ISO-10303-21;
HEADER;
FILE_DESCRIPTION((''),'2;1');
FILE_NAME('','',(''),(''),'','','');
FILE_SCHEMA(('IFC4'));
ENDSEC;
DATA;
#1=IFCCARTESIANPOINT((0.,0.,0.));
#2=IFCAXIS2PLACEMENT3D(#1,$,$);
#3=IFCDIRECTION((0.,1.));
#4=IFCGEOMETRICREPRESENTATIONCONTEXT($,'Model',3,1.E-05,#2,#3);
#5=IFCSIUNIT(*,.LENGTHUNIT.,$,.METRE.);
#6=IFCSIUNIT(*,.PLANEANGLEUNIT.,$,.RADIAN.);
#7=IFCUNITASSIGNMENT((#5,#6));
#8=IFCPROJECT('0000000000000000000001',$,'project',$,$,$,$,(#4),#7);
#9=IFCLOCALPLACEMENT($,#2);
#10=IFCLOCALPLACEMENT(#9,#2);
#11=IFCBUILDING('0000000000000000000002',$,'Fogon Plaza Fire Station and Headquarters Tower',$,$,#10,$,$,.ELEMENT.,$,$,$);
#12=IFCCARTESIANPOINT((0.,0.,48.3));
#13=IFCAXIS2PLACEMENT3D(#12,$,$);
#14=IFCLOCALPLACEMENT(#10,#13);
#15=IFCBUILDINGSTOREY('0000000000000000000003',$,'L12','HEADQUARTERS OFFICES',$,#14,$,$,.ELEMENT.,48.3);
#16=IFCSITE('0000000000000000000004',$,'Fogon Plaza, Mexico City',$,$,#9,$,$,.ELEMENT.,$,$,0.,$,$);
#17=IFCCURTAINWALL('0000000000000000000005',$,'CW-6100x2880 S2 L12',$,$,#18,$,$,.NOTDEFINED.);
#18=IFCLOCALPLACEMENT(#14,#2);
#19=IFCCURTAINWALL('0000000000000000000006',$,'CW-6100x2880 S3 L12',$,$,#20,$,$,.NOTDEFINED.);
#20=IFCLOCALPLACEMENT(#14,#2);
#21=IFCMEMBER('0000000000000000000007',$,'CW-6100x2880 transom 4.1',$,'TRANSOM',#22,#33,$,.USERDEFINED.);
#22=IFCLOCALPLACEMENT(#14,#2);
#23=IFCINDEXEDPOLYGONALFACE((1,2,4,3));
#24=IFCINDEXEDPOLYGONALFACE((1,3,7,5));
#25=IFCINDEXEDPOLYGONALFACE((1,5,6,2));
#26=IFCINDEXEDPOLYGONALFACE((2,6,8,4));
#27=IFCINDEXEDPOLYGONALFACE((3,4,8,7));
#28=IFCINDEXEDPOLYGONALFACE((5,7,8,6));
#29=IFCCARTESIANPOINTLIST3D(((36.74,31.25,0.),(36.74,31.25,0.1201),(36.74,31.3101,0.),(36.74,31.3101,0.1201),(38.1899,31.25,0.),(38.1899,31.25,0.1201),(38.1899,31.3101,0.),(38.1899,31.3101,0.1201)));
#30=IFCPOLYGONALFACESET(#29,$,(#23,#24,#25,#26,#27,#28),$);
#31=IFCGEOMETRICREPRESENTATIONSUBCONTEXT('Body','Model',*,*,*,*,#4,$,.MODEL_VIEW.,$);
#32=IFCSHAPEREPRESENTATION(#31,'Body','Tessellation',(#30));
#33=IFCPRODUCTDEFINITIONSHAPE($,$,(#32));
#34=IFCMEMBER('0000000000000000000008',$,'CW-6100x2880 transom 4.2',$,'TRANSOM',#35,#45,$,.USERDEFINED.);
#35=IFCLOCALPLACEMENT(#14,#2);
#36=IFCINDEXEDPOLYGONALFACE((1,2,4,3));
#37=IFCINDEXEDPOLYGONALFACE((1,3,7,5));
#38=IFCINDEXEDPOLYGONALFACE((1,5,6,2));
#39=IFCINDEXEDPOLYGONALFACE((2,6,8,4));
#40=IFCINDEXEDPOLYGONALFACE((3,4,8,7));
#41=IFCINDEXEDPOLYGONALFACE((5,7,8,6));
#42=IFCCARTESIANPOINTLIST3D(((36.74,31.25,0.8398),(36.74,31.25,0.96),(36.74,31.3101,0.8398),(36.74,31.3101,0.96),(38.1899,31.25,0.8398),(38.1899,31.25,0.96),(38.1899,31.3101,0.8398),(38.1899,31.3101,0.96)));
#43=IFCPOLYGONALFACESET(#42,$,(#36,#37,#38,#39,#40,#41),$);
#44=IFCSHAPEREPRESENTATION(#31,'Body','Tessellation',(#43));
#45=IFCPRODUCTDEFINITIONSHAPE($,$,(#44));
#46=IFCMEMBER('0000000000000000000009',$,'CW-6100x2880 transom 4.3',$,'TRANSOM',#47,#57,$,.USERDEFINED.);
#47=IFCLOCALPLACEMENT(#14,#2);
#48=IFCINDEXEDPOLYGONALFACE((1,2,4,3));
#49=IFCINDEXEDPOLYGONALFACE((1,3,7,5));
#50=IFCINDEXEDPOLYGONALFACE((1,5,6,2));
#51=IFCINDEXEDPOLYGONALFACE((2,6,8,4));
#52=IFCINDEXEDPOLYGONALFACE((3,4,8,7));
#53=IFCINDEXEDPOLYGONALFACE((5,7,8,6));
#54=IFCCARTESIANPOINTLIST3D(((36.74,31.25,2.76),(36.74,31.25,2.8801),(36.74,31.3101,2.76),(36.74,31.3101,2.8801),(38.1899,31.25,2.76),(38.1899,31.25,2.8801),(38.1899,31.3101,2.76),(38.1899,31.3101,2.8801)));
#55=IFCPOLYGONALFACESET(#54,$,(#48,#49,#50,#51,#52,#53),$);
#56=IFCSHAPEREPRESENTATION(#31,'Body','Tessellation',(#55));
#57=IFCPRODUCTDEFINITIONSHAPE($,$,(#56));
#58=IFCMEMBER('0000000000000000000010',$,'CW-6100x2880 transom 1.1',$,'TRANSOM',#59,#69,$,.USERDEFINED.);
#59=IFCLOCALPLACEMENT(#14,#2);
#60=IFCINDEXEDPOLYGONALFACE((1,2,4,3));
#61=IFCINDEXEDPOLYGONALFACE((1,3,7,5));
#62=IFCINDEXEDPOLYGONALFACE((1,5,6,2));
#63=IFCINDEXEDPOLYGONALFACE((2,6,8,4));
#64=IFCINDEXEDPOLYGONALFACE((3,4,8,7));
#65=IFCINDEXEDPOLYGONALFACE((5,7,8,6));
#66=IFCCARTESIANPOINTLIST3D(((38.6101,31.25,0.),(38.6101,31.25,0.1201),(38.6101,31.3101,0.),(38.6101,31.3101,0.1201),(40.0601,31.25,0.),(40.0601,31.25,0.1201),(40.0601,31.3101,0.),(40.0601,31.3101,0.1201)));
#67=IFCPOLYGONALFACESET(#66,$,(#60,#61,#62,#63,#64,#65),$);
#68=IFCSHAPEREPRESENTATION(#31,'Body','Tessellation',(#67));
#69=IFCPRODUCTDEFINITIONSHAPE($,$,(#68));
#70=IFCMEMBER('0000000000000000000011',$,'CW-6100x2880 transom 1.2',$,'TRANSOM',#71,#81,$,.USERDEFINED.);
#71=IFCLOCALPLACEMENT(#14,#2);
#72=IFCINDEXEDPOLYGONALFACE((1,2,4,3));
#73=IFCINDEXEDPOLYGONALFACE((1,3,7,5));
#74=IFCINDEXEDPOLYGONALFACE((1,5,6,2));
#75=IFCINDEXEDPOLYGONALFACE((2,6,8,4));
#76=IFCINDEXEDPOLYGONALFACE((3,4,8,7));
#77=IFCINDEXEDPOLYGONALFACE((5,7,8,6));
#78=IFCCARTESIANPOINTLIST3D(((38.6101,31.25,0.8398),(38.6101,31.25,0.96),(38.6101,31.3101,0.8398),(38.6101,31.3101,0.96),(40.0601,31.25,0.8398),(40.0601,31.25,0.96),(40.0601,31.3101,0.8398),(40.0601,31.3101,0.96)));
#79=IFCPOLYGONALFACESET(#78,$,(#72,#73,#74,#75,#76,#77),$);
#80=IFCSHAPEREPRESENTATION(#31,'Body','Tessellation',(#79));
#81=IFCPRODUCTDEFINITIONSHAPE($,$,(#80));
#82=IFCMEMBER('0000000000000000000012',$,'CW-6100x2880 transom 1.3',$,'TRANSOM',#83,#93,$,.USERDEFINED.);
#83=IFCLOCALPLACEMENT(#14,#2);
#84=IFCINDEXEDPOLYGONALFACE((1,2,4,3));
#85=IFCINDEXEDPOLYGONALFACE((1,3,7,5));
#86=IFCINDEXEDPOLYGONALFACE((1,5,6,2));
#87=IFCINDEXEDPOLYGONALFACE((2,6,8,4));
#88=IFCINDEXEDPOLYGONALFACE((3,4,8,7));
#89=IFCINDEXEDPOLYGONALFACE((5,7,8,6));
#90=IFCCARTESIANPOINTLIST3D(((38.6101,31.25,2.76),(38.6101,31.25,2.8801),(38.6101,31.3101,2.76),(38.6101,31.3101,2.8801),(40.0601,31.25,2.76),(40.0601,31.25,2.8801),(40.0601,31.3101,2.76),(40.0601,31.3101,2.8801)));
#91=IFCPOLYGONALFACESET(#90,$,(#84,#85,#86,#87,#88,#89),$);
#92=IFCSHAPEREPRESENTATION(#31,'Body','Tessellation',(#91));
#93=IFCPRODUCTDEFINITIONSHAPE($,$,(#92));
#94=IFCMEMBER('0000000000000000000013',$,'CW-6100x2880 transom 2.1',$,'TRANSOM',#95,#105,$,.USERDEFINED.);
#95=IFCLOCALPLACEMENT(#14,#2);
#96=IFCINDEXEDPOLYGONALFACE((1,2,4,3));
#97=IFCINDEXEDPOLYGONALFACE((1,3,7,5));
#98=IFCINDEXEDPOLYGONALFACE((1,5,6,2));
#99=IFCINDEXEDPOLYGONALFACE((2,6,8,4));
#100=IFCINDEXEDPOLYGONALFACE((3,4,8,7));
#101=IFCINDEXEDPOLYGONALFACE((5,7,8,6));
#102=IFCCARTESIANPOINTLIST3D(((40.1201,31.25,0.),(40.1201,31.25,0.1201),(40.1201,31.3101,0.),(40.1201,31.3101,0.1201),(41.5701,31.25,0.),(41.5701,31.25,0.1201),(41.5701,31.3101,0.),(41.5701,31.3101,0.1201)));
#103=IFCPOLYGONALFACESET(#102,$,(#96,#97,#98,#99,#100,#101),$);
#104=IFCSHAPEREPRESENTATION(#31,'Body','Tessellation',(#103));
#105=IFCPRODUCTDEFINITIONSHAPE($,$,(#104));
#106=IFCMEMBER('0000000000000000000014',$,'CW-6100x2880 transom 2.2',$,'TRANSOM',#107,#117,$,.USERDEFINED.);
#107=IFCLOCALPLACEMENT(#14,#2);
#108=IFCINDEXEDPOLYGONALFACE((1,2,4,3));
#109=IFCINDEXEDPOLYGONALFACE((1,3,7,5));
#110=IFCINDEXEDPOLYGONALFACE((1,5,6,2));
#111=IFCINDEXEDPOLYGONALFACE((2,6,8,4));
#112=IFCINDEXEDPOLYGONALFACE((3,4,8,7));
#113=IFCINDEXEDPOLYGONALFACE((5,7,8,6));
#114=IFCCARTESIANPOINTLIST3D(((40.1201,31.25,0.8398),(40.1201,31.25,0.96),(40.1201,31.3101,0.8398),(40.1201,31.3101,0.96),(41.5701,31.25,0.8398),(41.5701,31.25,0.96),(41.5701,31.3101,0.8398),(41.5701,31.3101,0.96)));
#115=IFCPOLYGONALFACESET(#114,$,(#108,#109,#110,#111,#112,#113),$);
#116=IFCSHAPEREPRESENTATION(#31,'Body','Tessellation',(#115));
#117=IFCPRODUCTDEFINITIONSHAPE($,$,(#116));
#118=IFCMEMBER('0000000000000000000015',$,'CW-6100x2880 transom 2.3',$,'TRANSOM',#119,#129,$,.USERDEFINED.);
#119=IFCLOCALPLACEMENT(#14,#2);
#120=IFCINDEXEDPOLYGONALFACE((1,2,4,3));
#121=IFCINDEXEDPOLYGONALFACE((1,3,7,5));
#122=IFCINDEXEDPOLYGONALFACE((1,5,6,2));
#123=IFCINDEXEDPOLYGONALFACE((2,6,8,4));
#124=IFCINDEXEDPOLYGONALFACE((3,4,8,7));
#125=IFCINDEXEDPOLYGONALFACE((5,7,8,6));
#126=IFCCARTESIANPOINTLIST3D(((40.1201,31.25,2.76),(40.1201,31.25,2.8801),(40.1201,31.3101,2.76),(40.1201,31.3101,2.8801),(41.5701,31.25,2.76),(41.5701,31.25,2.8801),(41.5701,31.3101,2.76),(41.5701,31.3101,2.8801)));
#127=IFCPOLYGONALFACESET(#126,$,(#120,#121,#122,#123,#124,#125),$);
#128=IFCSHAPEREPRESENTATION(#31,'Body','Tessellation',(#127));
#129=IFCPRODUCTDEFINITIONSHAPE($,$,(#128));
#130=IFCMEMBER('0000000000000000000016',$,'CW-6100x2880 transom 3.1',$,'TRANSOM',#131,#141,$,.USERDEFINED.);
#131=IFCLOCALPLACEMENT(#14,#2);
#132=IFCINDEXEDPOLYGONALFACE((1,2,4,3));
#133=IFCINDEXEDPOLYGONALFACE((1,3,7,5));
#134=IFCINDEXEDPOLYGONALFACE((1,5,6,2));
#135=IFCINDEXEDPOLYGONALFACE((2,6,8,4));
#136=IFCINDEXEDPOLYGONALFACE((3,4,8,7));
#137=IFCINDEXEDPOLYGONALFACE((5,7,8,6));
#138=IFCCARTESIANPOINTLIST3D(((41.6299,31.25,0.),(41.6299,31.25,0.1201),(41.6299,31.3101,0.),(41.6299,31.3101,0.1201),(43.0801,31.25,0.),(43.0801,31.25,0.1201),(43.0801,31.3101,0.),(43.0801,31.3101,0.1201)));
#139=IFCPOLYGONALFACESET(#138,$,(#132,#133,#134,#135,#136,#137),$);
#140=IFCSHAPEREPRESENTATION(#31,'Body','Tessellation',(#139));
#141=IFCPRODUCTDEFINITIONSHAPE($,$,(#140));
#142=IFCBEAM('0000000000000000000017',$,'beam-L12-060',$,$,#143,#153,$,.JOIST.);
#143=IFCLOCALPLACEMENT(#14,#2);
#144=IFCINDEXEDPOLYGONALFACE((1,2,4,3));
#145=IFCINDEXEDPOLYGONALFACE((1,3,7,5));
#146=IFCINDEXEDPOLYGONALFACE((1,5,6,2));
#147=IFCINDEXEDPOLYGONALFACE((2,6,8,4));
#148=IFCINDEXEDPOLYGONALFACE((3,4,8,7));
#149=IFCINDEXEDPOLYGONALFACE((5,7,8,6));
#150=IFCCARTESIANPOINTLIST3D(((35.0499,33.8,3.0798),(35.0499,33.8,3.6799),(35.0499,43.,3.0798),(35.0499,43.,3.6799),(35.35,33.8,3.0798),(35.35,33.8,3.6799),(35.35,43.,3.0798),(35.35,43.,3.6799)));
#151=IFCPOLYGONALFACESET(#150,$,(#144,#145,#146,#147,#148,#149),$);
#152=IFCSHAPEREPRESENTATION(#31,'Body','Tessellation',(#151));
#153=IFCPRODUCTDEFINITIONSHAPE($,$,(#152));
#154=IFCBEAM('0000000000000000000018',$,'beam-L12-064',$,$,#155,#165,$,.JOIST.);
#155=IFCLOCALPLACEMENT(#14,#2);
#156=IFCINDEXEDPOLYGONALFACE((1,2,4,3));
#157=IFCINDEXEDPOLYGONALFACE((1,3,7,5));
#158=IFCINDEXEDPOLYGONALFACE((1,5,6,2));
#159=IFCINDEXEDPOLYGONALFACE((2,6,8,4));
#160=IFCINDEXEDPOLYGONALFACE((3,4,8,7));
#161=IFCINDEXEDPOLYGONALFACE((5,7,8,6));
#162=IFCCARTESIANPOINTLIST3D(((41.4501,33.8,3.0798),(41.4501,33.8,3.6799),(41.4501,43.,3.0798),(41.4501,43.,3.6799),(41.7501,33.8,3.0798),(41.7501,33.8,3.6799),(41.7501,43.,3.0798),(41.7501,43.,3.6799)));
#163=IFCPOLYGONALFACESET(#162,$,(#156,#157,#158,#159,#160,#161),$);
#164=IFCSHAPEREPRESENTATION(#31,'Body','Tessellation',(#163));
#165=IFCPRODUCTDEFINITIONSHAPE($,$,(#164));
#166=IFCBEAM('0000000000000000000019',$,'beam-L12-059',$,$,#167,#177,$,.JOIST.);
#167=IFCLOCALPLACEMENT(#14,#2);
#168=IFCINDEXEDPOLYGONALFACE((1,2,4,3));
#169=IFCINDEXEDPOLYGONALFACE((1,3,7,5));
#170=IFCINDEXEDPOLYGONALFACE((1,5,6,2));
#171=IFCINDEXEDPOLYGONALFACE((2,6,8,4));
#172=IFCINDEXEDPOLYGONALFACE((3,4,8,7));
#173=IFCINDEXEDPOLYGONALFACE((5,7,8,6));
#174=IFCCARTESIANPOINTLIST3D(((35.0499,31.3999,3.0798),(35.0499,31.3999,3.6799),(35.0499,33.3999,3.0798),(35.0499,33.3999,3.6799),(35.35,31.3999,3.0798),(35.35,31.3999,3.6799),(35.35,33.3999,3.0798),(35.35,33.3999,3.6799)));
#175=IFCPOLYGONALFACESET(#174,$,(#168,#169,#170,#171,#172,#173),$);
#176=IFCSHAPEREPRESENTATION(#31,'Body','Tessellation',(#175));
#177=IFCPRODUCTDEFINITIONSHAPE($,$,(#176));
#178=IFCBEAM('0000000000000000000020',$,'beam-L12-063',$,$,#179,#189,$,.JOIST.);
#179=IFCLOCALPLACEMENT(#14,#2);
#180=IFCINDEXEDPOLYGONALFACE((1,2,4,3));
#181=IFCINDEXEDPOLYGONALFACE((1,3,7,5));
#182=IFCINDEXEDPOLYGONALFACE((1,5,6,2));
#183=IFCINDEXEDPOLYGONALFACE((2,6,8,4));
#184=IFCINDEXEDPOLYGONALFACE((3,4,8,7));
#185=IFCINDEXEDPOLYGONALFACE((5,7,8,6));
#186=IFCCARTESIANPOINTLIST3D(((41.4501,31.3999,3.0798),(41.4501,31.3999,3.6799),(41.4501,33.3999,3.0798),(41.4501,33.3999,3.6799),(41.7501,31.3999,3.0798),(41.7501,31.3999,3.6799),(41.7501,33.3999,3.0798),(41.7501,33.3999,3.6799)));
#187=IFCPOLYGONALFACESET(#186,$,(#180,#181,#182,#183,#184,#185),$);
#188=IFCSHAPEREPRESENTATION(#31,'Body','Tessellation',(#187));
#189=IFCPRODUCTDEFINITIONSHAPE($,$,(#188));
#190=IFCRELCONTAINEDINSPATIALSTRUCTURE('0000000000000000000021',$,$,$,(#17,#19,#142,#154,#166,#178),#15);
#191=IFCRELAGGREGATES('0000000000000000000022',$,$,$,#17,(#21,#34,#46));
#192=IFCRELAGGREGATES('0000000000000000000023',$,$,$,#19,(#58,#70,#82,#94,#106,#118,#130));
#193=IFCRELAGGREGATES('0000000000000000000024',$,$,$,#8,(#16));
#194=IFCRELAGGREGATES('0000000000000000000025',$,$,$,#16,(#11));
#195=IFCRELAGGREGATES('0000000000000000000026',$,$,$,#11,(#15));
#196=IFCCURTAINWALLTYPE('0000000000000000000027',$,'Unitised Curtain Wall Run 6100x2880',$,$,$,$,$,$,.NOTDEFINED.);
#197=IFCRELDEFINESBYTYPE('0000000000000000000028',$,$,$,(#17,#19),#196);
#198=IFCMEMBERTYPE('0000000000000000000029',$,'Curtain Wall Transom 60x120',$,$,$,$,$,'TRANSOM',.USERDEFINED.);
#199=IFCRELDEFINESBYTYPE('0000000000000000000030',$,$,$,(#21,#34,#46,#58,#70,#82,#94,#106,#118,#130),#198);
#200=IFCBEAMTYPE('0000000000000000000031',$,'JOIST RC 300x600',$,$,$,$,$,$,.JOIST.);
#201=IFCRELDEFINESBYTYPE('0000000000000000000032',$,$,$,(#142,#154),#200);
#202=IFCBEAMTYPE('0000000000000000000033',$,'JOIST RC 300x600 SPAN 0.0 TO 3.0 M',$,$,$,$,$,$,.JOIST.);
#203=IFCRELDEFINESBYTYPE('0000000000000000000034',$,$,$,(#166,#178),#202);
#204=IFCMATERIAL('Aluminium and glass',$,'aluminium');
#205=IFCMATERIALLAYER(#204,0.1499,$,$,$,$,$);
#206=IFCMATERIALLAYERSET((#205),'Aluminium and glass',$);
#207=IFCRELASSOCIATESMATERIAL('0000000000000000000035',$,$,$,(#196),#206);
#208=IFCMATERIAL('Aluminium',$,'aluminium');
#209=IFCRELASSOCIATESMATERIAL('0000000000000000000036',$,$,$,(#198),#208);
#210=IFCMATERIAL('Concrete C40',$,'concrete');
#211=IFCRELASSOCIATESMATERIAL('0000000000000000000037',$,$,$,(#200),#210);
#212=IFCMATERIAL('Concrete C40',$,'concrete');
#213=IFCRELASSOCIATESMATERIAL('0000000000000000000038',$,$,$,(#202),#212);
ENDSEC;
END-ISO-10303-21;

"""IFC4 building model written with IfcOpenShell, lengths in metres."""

from ifc_helpers import new_model, si_unit, direction, frame, origin, origin_2d, place, context, subcontext, project, spatial, rectangle, extrude, material, layer, layer_set, material_profile, profile_set, type_object, element, aggregate, save


model = new_model("IFC4")

# Units and contexts
model_context = context("Model", 3, precision=1e-05, world=origin(), true_north=direction((0.0, 1.0)))
body_context = subcontext(model_context, "Body", "Model", "MODEL_VIEW")
ifc_project = project(units=[si_unit("LENGTHUNIT", "METRE"), si_unit("PLANEANGLEUNIT", "RADIAN")], contexts=[model_context])

# Site, building, storey
site_placement = place(None, origin())
site = spatial("IfcSite", under=ifc_project, at=site_placement, Name="Fogon Plaza, Mexico City", CompositionType="ELEMENT", RefElevation=0.0)
building_placement = place(site_placement, origin())
building = spatial("IfcBuilding", under=site, at=building_placement, Name="Fogon Plaza Fire Station and Headquarters Tower", CompositionType="ELEMENT")
storey_placement = place(building_placement, frame((0.0, 0.0, 48.3)))
storey = spatial("IfcBuildingStorey", under=building, at=storey_placement, Name="L12", Description="HEADQUARTERS OFFICES", CompositionType="ELEMENT", Elevation=48.3)

# Curtain walls
ifc_material_1 = material(Name="Aluminium and glass", Category="aluminium")
ifc_layer_1 = layer(ifc_material_1, 0.1499)
ifc_layer_set_1 = layer_set([ifc_layer_1], Name="Aluminium and glass")
curtain_wall_type = type_object("IfcCurtainWallType", Name="Unitised Curtain Wall Run 6100x2880", PredefinedType="NOTDEFINED", material=ifc_layer_set_1)
curtain_wall_1_placement = place(storey_placement, origin())
curtain_wall_1 = element("IfcCurtainWall", 1, at=curtain_wall_1_placement, inside=storey, type_object=curtain_wall_type, Name="CW-6100x2880 S2 L12", PredefinedType="NOTDEFINED")
curtain_wall_2_placement = place(storey_placement, origin())
curtain_wall_2 = element("IfcCurtainWall", 2, at=curtain_wall_2_placement, inside=storey, type_object=curtain_wall_type, Name="CW-6100x2880 S3 L12", PredefinedType="NOTDEFINED")

# Members
ifc_material_2 = material(Name="Aluminium", Category="aluminium")
ifc_material_profile_1 = material_profile(ifc_material_2, rectangle(XDim=0.0601, YDim=0.1201, at=origin_2d()), Name="Curtain Wall Transom 60x120")
ifc_profile_set_1 = profile_set([ifc_material_profile_1], Name="Aluminium")
member_type_1 = type_object("IfcMemberType", Name="Curtain Wall Transom 60x120", ElementType="TRANSOM", PredefinedType="USERDEFINED", material=ifc_profile_set_1)
member_1_placement = place(storey_placement, frame((36.74, 31.28, 0.0601), z_axis=(1.0, 0.0, 0.0), x_axis=(0.0, 1.0, 0.0)))
member_1 = element("IfcMember", 3, at=member_1_placement, type_object=member_type_1, Name="CW-6100x2880 transom 4.1", ObjectType="TRANSOM", PredefinedType="USERDEFINED", context=body_context, shape_type="SweptSolid", body=[
    extrude(rectangle(XDim=0.0601, YDim=0.1201, at=origin_2d()), origin(), (0.0, 0.0, 1.0), 1.45),
])
member_2_placement = place(storey_placement, frame((36.74, 31.28, 0.8999), z_axis=(1.0, 0.0, 0.0), x_axis=(0.0, 1.0, 0.0)))
member_2 = element("IfcMember", 4, at=member_2_placement, type_object=member_type_1, Name="CW-6100x2880 transom 4.2", ObjectType="TRANSOM", PredefinedType="USERDEFINED", context=body_context, shape_type="SweptSolid", body=[
    extrude(rectangle(XDim=0.0601, YDim=0.1201, at=origin_2d()), origin(), (0.0, 0.0, 1.0), 1.45),
])
member_3_placement = place(storey_placement, frame((36.74, 31.28, 2.8201), z_axis=(1.0, 0.0, 0.0), x_axis=(0.0, 1.0, 0.0)))
member_3 = element("IfcMember", 5, at=member_3_placement, type_object=member_type_1, Name="CW-6100x2880 transom 4.3", ObjectType="TRANSOM", PredefinedType="USERDEFINED", context=body_context, shape_type="SweptSolid", body=[
    extrude(rectangle(XDim=0.0601, YDim=0.1201, at=origin_2d()), origin(), (0.0, 0.0, 1.0), 1.45),
])
member_4_placement = place(storey_placement, frame((38.6101, 31.28, 0.0601), z_axis=(1.0, 0.0, 0.0), x_axis=(0.0, 1.0, 0.0)))
member_4 = element("IfcMember", 6, at=member_4_placement, type_object=member_type_1, Name="CW-6100x2880 transom 1.1", ObjectType="TRANSOM", PredefinedType="USERDEFINED", context=body_context, shape_type="SweptSolid", body=[
    extrude(rectangle(XDim=0.0601, YDim=0.1201, at=origin_2d()), origin(), (0.0, 0.0, 1.0), 1.45),
])
member_5_placement = place(storey_placement, frame((38.6101, 31.28, 0.8999), z_axis=(1.0, 0.0, 0.0), x_axis=(0.0, 1.0, 0.0)))
member_5 = element("IfcMember", 7, at=member_5_placement, type_object=member_type_1, Name="CW-6100x2880 transom 1.2", ObjectType="TRANSOM", PredefinedType="USERDEFINED", context=body_context, shape_type="SweptSolid", body=[
    extrude(rectangle(XDim=0.0601, YDim=0.1201, at=origin_2d()), origin(), (0.0, 0.0, 1.0), 1.45),
])
member_6_placement = place(storey_placement, frame((38.6101, 31.28, 2.8201), z_axis=(1.0, 0.0, 0.0), x_axis=(0.0, 1.0, 0.0)))
member_6 = element("IfcMember", 8, at=member_6_placement, type_object=member_type_1, Name="CW-6100x2880 transom 1.3", ObjectType="TRANSOM", PredefinedType="USERDEFINED", context=body_context, shape_type="SweptSolid", body=[
    extrude(rectangle(XDim=0.0601, YDim=0.1201, at=origin_2d()), origin(), (0.0, 0.0, 1.0), 1.45),
])
member_7_placement = place(storey_placement, frame((40.1201, 31.28, 0.0601), z_axis=(1.0, 0.0, 0.0), x_axis=(0.0, 1.0, 0.0)))
member_7 = element("IfcMember", 9, at=member_7_placement, type_object=member_type_1, Name="CW-6100x2880 transom 2.1", ObjectType="TRANSOM", PredefinedType="USERDEFINED", context=body_context, shape_type="SweptSolid", body=[
    extrude(rectangle(XDim=0.0601, YDim=0.1201, at=origin_2d()), origin(), (0.0, 0.0, 1.0), 1.45),
])
member_8_placement = place(storey_placement, frame((40.1201, 31.28, 0.8999), z_axis=(1.0, 0.0, 0.0), x_axis=(0.0, 1.0, 0.0)))
member_8 = element("IfcMember", 10, at=member_8_placement, type_object=member_type_1, Name="CW-6100x2880 transom 2.2", ObjectType="TRANSOM", PredefinedType="USERDEFINED", context=body_context, shape_type="SweptSolid", body=[
    extrude(rectangle(XDim=0.0601, YDim=0.1201, at=origin_2d()), origin(), (0.0, 0.0, 1.0), 1.45),
])
member_9_placement = place(storey_placement, frame((40.1201, 31.28, 2.8201), z_axis=(1.0, 0.0, 0.0), x_axis=(0.0, 1.0, 0.0)))
member_9 = element("IfcMember", 11, at=member_9_placement, type_object=member_type_1, Name="CW-6100x2880 transom 2.3", ObjectType="TRANSOM", PredefinedType="USERDEFINED", context=body_context, shape_type="SweptSolid", body=[
    extrude(rectangle(XDim=0.0601, YDim=0.1201, at=origin_2d()), origin(), (0.0, 0.0, 1.0), 1.45),
])
member_10_placement = place(storey_placement, frame((41.6299, 31.28, 0.0601), z_axis=(1.0, 0.0, 0.0), x_axis=(0.0, 1.0, 0.0)))
member_10 = element("IfcMember", 12, at=member_10_placement, type_object=member_type_1, Name="CW-6100x2880 transom 3.1", ObjectType="TRANSOM", PredefinedType="USERDEFINED", context=body_context, shape_type="SweptSolid", body=[
    extrude(rectangle(XDim=0.0601, YDim=0.1201, at=origin_2d()), origin(), (0.0, 0.0, 1.0), 1.4502),
])

# Beams
ifc_material_3 = material(Name="Concrete C40", Category="concrete")
ifc_material_profile_2 = material_profile(ifc_material_3, rectangle(XDim=0.3, YDim=0.6001, at=origin_2d()), Name="RC 300x600")
ifc_profile_set_2 = profile_set([ifc_material_profile_2], Name="Concrete C40")
beam_type_1 = type_object("IfcBeamType", Name="JOIST RC 300x600", PredefinedType="JOIST", material=ifc_profile_set_2)
for number, where, z_axis, x_axis, name in (
    (13, (35.2, 33.8, 3.3799), (0.0, 1.0, 0.0), (-1.0, 0.0, 0.0), "beam-L12-060"),
    (14, (41.6001, 33.8, 3.3799), (0.0, 1.0, 0.0), (-1.0, 0.0, 0.0), "beam-L12-064"),
):
    element("IfcBeam", number, at=place(storey_placement, frame(where, z_axis=z_axis, x_axis=x_axis)), inside=storey, type_object=beam_type_1, Name=name, PredefinedType="JOIST", context=body_context, shape_type="SweptSolid", body=[
        extrude(rectangle(XDim=0.3, YDim=0.6001, at=origin_2d()), origin(), (0.0, 0.0, 1.0), 9.2),
    ])
ifc_material_4 = material(Name="Concrete C40", Category="concrete")
ifc_material_profile_3 = material_profile(ifc_material_4, rectangle(XDim=0.3, YDim=0.6001, at=origin_2d()), Name="RC 300x600")
ifc_profile_set_3 = profile_set([ifc_material_profile_3], Name="Concrete C40")
beam_type_2 = type_object("IfcBeamType", Name="JOIST RC 300x600 SPAN 0.0 TO 3.0 M", PredefinedType="JOIST", material=ifc_profile_set_3)
for number, where, z_axis, x_axis, name in (
    (15, (35.2, 31.3999, 3.3799), (0.0, 1.0, 0.0), (-1.0, 0.0, 0.0), "beam-L12-059"),
    (16, (41.6001, 31.3999, 3.3799), (0.0, 1.0, 0.0), (-1.0, 0.0, 0.0), "beam-L12-063"),
):
    element("IfcBeam", number, at=place(storey_placement, frame(where, z_axis=z_axis, x_axis=x_axis)), inside=storey, type_object=beam_type_2, Name=name, PredefinedType="JOIST", context=body_context, shape_type="SweptSolid", body=[
        extrude(rectangle(XDim=0.3, YDim=0.6001, at=origin_2d()), origin(), (0.0, 0.0, 1.0), 2.0),
    ])

aggregate(curtain_wall_1, [member_1, member_2, member_3])
aggregate(curtain_wall_2, [member_4, member_5, member_6, member_7, member_8, member_9, member_10])

save(model, "model.ifc")
